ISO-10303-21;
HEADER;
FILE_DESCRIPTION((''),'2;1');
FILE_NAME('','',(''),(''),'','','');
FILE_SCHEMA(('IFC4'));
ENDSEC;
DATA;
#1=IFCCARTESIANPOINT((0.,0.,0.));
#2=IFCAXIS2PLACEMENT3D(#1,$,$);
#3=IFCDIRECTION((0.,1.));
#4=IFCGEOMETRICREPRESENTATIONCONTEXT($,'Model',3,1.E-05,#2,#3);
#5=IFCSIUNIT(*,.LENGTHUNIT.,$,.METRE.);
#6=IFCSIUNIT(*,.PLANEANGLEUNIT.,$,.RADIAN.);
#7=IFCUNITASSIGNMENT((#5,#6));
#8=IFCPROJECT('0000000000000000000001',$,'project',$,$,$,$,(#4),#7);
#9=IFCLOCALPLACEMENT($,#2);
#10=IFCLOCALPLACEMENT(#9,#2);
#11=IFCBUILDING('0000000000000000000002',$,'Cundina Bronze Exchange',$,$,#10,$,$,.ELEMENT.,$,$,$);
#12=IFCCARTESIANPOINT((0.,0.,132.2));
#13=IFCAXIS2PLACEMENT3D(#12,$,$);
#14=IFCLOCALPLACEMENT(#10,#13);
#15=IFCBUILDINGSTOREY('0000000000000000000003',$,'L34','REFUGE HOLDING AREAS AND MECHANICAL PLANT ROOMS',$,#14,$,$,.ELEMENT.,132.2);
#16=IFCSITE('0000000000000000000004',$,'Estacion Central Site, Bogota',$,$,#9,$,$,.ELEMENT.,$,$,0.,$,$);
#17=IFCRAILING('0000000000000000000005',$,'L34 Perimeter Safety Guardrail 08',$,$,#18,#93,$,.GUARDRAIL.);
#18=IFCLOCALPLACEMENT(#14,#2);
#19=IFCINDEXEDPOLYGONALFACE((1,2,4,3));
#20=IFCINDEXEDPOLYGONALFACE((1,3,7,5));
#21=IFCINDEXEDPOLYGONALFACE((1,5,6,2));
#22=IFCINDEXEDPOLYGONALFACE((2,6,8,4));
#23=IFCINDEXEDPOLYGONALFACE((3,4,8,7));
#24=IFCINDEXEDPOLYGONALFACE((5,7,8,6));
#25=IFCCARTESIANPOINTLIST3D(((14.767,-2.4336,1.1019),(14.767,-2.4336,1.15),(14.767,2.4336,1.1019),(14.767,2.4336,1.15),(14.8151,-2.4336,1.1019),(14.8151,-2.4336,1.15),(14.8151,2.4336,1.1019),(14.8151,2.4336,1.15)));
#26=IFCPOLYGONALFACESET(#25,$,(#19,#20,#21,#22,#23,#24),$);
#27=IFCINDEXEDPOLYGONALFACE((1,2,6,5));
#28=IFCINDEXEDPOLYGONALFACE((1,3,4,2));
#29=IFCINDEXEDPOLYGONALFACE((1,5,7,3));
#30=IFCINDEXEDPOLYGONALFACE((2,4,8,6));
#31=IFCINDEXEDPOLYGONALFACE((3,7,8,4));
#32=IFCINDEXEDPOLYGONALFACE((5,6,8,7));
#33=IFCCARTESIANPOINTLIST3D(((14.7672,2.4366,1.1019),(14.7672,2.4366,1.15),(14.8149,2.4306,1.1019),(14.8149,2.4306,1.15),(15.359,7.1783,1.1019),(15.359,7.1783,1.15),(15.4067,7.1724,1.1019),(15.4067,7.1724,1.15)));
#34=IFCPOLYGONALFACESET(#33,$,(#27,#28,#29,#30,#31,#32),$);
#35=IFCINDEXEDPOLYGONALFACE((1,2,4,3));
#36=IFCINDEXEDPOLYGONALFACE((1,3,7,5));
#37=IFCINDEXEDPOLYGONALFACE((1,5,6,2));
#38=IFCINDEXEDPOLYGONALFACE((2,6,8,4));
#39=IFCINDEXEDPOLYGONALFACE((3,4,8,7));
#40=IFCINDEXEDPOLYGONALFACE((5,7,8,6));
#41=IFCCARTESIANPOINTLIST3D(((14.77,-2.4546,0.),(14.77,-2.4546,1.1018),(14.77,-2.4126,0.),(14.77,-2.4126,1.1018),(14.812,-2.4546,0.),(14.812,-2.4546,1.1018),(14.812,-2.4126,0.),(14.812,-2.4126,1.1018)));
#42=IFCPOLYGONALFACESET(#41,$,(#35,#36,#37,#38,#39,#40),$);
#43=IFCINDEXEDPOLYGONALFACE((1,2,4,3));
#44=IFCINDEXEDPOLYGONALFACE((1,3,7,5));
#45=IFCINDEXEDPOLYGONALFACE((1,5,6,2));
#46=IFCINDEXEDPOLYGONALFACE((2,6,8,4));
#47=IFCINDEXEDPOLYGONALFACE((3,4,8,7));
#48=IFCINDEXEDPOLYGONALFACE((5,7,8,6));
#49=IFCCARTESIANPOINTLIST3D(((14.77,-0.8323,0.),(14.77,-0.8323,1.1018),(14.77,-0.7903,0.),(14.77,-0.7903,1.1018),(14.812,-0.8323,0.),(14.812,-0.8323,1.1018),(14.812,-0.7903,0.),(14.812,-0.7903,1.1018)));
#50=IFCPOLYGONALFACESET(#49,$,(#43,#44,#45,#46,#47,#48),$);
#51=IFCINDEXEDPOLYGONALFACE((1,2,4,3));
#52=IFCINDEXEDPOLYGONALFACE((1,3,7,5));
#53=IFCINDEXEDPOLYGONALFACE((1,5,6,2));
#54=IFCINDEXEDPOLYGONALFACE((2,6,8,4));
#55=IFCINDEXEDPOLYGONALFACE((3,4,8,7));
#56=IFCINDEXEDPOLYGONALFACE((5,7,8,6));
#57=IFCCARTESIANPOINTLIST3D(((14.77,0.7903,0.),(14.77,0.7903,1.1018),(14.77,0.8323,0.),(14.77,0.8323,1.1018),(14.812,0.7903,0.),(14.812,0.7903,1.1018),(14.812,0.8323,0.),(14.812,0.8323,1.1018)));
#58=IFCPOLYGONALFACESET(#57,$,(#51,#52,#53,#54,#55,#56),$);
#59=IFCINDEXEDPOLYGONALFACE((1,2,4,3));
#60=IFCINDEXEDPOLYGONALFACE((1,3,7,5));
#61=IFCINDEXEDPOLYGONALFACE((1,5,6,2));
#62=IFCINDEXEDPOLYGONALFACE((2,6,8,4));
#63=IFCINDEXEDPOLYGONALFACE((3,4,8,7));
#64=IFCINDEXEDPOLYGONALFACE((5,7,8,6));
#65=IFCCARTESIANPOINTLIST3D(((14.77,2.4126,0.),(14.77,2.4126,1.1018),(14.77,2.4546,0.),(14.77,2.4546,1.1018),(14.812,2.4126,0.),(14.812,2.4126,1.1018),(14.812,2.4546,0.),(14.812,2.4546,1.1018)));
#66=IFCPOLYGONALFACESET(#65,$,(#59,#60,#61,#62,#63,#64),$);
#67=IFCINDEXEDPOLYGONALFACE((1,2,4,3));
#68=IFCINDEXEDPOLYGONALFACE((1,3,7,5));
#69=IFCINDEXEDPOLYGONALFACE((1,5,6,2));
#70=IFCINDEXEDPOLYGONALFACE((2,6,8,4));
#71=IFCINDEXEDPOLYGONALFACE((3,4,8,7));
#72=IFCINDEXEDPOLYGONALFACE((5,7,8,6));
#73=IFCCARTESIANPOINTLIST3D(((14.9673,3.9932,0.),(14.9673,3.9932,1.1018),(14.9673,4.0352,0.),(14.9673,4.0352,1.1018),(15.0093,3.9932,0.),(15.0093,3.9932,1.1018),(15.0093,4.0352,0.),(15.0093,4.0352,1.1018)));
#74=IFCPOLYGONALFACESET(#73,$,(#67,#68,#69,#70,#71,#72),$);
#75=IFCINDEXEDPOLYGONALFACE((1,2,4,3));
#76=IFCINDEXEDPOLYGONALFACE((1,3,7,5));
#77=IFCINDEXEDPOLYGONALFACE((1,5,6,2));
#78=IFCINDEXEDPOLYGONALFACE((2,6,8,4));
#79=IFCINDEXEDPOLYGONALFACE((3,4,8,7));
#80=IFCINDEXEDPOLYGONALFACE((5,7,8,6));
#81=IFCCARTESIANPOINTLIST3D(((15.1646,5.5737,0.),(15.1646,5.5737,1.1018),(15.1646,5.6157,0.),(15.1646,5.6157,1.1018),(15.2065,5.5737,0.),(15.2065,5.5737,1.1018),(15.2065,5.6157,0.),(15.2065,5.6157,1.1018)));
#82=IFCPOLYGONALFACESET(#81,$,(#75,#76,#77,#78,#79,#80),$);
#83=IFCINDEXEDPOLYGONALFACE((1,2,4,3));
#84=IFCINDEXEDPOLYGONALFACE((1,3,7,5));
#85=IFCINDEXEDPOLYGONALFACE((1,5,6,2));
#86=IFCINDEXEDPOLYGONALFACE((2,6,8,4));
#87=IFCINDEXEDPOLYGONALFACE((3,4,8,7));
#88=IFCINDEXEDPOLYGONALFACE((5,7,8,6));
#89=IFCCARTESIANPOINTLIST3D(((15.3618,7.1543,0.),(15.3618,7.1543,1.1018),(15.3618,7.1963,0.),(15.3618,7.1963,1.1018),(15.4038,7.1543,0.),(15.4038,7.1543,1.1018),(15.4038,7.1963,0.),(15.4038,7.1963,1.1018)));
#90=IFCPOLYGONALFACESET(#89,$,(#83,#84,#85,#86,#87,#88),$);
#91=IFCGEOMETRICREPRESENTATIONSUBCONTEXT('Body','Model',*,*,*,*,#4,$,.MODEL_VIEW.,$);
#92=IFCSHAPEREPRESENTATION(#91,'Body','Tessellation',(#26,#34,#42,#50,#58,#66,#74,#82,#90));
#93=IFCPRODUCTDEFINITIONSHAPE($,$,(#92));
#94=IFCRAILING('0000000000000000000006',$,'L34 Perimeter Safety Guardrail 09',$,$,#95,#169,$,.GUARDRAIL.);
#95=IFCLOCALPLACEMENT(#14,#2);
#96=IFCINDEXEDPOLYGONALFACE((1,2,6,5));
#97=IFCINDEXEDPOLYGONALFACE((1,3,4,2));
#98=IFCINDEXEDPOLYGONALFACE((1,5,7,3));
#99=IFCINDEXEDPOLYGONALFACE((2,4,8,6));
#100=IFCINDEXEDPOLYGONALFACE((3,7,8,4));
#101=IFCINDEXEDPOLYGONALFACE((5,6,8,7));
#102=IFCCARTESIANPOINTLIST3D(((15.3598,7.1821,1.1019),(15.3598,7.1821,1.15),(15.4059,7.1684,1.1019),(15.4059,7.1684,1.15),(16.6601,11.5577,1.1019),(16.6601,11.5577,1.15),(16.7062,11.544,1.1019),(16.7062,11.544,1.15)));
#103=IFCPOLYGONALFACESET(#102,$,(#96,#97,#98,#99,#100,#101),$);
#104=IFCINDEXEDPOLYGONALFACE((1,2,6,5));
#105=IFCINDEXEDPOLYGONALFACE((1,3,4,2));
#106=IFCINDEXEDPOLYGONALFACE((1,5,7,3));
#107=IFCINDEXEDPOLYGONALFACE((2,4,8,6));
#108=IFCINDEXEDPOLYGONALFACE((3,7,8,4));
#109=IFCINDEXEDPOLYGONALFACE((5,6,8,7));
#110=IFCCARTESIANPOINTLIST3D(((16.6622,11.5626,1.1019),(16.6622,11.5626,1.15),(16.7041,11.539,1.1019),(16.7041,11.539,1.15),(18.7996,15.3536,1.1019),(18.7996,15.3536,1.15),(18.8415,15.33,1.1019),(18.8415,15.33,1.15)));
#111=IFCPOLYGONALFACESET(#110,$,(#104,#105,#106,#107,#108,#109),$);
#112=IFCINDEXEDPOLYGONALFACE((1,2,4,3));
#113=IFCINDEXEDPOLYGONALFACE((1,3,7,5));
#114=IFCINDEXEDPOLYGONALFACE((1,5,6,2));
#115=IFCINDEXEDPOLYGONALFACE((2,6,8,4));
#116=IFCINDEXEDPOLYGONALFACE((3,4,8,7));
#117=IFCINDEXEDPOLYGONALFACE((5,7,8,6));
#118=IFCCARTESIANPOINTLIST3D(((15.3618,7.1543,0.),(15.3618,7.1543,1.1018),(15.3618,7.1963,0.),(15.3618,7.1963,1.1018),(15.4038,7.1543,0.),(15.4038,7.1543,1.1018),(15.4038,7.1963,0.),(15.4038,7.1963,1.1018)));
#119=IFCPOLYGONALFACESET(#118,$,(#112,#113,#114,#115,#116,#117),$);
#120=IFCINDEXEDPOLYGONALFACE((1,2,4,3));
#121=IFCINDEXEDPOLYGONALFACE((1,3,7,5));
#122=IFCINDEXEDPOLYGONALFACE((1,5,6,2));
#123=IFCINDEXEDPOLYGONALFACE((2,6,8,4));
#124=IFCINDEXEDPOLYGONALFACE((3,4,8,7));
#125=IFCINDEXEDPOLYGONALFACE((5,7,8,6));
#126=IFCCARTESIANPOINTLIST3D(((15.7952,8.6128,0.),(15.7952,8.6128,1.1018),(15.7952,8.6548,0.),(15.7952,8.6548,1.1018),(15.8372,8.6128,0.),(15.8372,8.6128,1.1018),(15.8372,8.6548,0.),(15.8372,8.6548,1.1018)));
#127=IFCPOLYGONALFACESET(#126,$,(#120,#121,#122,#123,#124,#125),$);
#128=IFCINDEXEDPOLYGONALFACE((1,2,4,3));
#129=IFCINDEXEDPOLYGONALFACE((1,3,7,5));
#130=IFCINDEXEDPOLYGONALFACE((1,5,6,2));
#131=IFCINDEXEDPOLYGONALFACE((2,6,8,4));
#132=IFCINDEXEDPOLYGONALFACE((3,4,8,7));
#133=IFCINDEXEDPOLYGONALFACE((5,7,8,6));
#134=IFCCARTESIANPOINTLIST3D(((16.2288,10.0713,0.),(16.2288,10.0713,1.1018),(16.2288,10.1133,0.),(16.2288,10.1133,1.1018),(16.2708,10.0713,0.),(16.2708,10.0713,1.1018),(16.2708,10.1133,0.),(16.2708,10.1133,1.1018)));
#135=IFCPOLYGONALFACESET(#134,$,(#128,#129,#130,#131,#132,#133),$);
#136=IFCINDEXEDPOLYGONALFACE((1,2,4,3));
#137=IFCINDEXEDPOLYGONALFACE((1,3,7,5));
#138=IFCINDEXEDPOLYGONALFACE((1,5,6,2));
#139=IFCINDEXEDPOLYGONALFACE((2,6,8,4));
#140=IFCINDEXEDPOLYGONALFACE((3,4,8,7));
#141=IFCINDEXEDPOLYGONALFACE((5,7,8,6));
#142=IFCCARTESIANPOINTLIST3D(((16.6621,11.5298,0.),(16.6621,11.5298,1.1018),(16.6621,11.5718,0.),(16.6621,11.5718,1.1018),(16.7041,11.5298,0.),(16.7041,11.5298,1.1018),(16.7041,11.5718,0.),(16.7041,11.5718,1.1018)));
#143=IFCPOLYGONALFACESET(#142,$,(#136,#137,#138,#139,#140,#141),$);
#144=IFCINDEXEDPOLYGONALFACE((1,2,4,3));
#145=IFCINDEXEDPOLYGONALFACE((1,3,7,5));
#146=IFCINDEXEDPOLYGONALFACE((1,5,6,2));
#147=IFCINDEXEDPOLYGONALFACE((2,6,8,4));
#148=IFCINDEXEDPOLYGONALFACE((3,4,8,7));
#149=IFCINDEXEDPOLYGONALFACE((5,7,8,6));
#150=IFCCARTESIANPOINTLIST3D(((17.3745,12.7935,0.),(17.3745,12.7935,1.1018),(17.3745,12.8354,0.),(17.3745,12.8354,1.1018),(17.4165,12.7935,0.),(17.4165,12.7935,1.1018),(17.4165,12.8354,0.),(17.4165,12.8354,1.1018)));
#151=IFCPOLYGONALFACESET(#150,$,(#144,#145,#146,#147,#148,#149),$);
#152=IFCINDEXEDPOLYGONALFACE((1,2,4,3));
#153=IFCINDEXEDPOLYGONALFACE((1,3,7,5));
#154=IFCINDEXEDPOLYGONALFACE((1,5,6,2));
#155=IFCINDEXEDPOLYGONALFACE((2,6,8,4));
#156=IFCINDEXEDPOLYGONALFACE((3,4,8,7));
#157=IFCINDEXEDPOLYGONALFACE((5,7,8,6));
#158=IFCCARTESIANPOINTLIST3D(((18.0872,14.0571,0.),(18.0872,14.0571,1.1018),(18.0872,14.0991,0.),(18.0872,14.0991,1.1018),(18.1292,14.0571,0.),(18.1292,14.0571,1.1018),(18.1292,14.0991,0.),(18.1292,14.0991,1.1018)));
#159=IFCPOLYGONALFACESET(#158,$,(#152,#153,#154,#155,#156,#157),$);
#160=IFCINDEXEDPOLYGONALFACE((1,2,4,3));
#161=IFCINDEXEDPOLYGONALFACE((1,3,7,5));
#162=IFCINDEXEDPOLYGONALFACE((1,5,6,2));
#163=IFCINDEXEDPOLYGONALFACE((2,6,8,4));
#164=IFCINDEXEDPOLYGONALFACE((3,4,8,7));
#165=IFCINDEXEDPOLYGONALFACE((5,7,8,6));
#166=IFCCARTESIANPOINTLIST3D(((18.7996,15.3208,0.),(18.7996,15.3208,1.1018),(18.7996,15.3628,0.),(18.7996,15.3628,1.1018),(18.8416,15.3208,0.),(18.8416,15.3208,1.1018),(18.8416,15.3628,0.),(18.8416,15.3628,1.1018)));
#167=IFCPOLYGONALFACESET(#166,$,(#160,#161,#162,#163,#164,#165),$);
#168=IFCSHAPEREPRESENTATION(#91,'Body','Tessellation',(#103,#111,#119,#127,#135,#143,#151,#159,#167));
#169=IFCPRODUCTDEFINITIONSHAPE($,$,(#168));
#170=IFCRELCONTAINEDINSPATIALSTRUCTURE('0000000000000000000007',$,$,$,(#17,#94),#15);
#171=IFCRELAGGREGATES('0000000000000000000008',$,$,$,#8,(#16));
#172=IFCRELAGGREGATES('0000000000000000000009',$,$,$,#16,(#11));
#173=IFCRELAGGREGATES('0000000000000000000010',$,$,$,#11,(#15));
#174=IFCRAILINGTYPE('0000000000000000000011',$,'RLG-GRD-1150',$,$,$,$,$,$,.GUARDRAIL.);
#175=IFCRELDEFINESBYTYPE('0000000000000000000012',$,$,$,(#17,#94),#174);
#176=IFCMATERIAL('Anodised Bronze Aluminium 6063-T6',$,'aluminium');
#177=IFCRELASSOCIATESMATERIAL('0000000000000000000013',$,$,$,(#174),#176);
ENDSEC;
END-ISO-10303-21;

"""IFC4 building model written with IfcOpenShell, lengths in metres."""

from ifc_helpers import new_model, si_unit, direction, frame, origin, origin_2d, place, context, subcontext, project, spatial, rectangle, extrude, material, type_object, element, save


model = new_model("IFC4")

# Units and contexts
model_context = context("Model", 3, precision=1e-05, world=origin(), true_north=direction((0.0, 1.0)))
body_context = subcontext(model_context, "Body", "Model", "MODEL_VIEW")
ifc_project = project(units=[si_unit("LENGTHUNIT", "METRE"), si_unit("PLANEANGLEUNIT", "RADIAN")], contexts=[model_context])

# Site, building, storey
site_placement = place(None, origin())
site = spatial("IfcSite", under=ifc_project, at=site_placement, Name="Estacion Central Site, Bogota", CompositionType="ELEMENT", RefElevation=0.0)
building_placement = place(site_placement, origin())
building = spatial("IfcBuilding", under=site, at=building_placement, Name="Cundina Bronze Exchange", CompositionType="ELEMENT")
storey_placement = place(building_placement, frame((0.0, 0.0, 132.2)))
storey = spatial("IfcBuildingStorey", under=building, at=storey_placement, Name="L34", Description="REFUGE HOLDING AREAS AND MECHANICAL PLANT ROOMS", CompositionType="ELEMENT", Elevation=132.2)

# Shared definitions
ifc_material_1 = material(Name="Anodised Bronze Aluminium 6063-T6", Category="aluminium")

# Railings
railing_type = type_object("IfcRailingType", Name="RLG-GRD-1150", PredefinedType="GUARDRAIL", material=ifc_material_1)
railing_1_placement = place(storey_placement, frame((14.791, -2.4336, 0.0)))
element("IfcRailing", 1, at=railing_1_placement, inside=storey, type_object=railing_type, Name="L34 Perimeter Safety Guardrail 08", PredefinedType="GUARDRAIL", context=body_context, shape_type="SweptSolid", body=[
    extrude(rectangle(XDim=0.0481, YDim=0.0481, at=origin_2d()), frame((0.0, 0.0, 1.126), z_axis=(0.0, 1.0, 0.0), x_axis=(-1.0, 0.0, 0.0)), (0.0, 0.0, 1.0), 4.8672),
    extrude(rectangle(XDim=0.0481, YDim=0.0481, at=origin_2d()), frame((0.0, 4.8672, 1.126), z_axis=(0.123846, 0.992301, 0.0), x_axis=(-0.992301, 0.123846, 0.0)), (0.0, 0.0, 1.0), 4.7786),
    extrude(rectangle(XDim=0.042, YDim=0.042, at=origin_2d()), origin(), (0.0, 0.0, 1.0), 1.1018),
    extrude(rectangle(XDim=0.042, YDim=0.042, at=origin_2d()), frame((0.0, 1.6223, 0.0)), (0.0, 0.0, 1.0), 1.1018),
    extrude(rectangle(XDim=0.042, YDim=0.042, at=origin_2d()), frame((0.0, 3.2449, 0.0)), (0.0, 0.0, 1.0), 1.1018),
    extrude(rectangle(XDim=0.042, YDim=0.042, at=origin_2d()), frame((0.0, 4.8672, 0.0)), (0.0, 0.0, 1.0), 1.1018),
    extrude(rectangle(XDim=0.042, YDim=0.042, at=origin_2d()), frame((0.1973, 6.4478, 0.0)), (0.0, 0.0, 1.0), 1.1018),
    extrude(rectangle(XDim=0.042, YDim=0.042, at=origin_2d()), frame((0.3945, 8.0283, 0.0)), (0.0, 0.0, 1.0), 1.1018),
    extrude(rectangle(XDim=0.042, YDim=0.042, at=origin_2d()), frame((0.5918, 9.6089, 0.0)), (0.0, 0.0, 1.0), 1.1018),
])
railing_2_placement = place(storey_placement, frame((15.3828, 7.1753, 0.0)))
element("IfcRailing", 2, at=railing_2_placement, inside=storey, type_object=railing_type, Name="L34 Perimeter Safety Guardrail 09", PredefinedType="GUARDRAIL", context=body_context, shape_type="SweptSolid", body=[
    extrude(rectangle(XDim=0.0481, YDim=0.0481, at=origin_2d()), frame((0.0, 0.0, 1.126), z_axis=(0.284864, 0.958568, 0.0), x_axis=(-0.958568, 0.284864, 0.0)), (0.0, 0.0, 1.0), 4.5647),
    extrude(rectangle(XDim=0.0481, YDim=0.0481, at=origin_2d()), frame((1.3003, 4.3755, 1.126), z_axis=(0.491135, 0.871084, 0.0), x_axis=(-0.871084, 0.491135, 0.0)), (0.0, 0.0, 1.0), 4.3521),
    extrude(rectangle(XDim=0.042, YDim=0.042, at=origin_2d()), origin(), (0.0, 0.0, 1.0), 1.1018),
    extrude(rectangle(XDim=0.042, YDim=0.042, at=origin_2d()), frame((0.4333, 1.4585, 0.0)), (0.0, 0.0, 1.0), 1.1018),
    extrude(rectangle(XDim=0.042, YDim=0.042, at=origin_2d()), frame((0.8669, 2.917, 0.0)), (0.0, 0.0, 1.0), 1.1018),
    extrude(rectangle(XDim=0.042, YDim=0.042, at=origin_2d()), frame((1.3003, 4.3755, 0.0)), (0.0, 0.0, 1.0), 1.1018),
    extrude(rectangle(XDim=0.042, YDim=0.042, at=origin_2d()), frame((2.0127, 5.6392, 0.0)), (0.0, 0.0, 1.0), 1.1018),
    extrude(rectangle(XDim=0.042, YDim=0.042, at=origin_2d()), frame((2.7253, 6.9028, 0.0)), (0.0, 0.0, 1.0), 1.1018),
    extrude(rectangle(XDim=0.042, YDim=0.042, at=origin_2d()), frame((3.4377, 8.1665, 0.0)), (0.0, 0.0, 1.0), 1.1018),
])

save(model, "model.ifc")
